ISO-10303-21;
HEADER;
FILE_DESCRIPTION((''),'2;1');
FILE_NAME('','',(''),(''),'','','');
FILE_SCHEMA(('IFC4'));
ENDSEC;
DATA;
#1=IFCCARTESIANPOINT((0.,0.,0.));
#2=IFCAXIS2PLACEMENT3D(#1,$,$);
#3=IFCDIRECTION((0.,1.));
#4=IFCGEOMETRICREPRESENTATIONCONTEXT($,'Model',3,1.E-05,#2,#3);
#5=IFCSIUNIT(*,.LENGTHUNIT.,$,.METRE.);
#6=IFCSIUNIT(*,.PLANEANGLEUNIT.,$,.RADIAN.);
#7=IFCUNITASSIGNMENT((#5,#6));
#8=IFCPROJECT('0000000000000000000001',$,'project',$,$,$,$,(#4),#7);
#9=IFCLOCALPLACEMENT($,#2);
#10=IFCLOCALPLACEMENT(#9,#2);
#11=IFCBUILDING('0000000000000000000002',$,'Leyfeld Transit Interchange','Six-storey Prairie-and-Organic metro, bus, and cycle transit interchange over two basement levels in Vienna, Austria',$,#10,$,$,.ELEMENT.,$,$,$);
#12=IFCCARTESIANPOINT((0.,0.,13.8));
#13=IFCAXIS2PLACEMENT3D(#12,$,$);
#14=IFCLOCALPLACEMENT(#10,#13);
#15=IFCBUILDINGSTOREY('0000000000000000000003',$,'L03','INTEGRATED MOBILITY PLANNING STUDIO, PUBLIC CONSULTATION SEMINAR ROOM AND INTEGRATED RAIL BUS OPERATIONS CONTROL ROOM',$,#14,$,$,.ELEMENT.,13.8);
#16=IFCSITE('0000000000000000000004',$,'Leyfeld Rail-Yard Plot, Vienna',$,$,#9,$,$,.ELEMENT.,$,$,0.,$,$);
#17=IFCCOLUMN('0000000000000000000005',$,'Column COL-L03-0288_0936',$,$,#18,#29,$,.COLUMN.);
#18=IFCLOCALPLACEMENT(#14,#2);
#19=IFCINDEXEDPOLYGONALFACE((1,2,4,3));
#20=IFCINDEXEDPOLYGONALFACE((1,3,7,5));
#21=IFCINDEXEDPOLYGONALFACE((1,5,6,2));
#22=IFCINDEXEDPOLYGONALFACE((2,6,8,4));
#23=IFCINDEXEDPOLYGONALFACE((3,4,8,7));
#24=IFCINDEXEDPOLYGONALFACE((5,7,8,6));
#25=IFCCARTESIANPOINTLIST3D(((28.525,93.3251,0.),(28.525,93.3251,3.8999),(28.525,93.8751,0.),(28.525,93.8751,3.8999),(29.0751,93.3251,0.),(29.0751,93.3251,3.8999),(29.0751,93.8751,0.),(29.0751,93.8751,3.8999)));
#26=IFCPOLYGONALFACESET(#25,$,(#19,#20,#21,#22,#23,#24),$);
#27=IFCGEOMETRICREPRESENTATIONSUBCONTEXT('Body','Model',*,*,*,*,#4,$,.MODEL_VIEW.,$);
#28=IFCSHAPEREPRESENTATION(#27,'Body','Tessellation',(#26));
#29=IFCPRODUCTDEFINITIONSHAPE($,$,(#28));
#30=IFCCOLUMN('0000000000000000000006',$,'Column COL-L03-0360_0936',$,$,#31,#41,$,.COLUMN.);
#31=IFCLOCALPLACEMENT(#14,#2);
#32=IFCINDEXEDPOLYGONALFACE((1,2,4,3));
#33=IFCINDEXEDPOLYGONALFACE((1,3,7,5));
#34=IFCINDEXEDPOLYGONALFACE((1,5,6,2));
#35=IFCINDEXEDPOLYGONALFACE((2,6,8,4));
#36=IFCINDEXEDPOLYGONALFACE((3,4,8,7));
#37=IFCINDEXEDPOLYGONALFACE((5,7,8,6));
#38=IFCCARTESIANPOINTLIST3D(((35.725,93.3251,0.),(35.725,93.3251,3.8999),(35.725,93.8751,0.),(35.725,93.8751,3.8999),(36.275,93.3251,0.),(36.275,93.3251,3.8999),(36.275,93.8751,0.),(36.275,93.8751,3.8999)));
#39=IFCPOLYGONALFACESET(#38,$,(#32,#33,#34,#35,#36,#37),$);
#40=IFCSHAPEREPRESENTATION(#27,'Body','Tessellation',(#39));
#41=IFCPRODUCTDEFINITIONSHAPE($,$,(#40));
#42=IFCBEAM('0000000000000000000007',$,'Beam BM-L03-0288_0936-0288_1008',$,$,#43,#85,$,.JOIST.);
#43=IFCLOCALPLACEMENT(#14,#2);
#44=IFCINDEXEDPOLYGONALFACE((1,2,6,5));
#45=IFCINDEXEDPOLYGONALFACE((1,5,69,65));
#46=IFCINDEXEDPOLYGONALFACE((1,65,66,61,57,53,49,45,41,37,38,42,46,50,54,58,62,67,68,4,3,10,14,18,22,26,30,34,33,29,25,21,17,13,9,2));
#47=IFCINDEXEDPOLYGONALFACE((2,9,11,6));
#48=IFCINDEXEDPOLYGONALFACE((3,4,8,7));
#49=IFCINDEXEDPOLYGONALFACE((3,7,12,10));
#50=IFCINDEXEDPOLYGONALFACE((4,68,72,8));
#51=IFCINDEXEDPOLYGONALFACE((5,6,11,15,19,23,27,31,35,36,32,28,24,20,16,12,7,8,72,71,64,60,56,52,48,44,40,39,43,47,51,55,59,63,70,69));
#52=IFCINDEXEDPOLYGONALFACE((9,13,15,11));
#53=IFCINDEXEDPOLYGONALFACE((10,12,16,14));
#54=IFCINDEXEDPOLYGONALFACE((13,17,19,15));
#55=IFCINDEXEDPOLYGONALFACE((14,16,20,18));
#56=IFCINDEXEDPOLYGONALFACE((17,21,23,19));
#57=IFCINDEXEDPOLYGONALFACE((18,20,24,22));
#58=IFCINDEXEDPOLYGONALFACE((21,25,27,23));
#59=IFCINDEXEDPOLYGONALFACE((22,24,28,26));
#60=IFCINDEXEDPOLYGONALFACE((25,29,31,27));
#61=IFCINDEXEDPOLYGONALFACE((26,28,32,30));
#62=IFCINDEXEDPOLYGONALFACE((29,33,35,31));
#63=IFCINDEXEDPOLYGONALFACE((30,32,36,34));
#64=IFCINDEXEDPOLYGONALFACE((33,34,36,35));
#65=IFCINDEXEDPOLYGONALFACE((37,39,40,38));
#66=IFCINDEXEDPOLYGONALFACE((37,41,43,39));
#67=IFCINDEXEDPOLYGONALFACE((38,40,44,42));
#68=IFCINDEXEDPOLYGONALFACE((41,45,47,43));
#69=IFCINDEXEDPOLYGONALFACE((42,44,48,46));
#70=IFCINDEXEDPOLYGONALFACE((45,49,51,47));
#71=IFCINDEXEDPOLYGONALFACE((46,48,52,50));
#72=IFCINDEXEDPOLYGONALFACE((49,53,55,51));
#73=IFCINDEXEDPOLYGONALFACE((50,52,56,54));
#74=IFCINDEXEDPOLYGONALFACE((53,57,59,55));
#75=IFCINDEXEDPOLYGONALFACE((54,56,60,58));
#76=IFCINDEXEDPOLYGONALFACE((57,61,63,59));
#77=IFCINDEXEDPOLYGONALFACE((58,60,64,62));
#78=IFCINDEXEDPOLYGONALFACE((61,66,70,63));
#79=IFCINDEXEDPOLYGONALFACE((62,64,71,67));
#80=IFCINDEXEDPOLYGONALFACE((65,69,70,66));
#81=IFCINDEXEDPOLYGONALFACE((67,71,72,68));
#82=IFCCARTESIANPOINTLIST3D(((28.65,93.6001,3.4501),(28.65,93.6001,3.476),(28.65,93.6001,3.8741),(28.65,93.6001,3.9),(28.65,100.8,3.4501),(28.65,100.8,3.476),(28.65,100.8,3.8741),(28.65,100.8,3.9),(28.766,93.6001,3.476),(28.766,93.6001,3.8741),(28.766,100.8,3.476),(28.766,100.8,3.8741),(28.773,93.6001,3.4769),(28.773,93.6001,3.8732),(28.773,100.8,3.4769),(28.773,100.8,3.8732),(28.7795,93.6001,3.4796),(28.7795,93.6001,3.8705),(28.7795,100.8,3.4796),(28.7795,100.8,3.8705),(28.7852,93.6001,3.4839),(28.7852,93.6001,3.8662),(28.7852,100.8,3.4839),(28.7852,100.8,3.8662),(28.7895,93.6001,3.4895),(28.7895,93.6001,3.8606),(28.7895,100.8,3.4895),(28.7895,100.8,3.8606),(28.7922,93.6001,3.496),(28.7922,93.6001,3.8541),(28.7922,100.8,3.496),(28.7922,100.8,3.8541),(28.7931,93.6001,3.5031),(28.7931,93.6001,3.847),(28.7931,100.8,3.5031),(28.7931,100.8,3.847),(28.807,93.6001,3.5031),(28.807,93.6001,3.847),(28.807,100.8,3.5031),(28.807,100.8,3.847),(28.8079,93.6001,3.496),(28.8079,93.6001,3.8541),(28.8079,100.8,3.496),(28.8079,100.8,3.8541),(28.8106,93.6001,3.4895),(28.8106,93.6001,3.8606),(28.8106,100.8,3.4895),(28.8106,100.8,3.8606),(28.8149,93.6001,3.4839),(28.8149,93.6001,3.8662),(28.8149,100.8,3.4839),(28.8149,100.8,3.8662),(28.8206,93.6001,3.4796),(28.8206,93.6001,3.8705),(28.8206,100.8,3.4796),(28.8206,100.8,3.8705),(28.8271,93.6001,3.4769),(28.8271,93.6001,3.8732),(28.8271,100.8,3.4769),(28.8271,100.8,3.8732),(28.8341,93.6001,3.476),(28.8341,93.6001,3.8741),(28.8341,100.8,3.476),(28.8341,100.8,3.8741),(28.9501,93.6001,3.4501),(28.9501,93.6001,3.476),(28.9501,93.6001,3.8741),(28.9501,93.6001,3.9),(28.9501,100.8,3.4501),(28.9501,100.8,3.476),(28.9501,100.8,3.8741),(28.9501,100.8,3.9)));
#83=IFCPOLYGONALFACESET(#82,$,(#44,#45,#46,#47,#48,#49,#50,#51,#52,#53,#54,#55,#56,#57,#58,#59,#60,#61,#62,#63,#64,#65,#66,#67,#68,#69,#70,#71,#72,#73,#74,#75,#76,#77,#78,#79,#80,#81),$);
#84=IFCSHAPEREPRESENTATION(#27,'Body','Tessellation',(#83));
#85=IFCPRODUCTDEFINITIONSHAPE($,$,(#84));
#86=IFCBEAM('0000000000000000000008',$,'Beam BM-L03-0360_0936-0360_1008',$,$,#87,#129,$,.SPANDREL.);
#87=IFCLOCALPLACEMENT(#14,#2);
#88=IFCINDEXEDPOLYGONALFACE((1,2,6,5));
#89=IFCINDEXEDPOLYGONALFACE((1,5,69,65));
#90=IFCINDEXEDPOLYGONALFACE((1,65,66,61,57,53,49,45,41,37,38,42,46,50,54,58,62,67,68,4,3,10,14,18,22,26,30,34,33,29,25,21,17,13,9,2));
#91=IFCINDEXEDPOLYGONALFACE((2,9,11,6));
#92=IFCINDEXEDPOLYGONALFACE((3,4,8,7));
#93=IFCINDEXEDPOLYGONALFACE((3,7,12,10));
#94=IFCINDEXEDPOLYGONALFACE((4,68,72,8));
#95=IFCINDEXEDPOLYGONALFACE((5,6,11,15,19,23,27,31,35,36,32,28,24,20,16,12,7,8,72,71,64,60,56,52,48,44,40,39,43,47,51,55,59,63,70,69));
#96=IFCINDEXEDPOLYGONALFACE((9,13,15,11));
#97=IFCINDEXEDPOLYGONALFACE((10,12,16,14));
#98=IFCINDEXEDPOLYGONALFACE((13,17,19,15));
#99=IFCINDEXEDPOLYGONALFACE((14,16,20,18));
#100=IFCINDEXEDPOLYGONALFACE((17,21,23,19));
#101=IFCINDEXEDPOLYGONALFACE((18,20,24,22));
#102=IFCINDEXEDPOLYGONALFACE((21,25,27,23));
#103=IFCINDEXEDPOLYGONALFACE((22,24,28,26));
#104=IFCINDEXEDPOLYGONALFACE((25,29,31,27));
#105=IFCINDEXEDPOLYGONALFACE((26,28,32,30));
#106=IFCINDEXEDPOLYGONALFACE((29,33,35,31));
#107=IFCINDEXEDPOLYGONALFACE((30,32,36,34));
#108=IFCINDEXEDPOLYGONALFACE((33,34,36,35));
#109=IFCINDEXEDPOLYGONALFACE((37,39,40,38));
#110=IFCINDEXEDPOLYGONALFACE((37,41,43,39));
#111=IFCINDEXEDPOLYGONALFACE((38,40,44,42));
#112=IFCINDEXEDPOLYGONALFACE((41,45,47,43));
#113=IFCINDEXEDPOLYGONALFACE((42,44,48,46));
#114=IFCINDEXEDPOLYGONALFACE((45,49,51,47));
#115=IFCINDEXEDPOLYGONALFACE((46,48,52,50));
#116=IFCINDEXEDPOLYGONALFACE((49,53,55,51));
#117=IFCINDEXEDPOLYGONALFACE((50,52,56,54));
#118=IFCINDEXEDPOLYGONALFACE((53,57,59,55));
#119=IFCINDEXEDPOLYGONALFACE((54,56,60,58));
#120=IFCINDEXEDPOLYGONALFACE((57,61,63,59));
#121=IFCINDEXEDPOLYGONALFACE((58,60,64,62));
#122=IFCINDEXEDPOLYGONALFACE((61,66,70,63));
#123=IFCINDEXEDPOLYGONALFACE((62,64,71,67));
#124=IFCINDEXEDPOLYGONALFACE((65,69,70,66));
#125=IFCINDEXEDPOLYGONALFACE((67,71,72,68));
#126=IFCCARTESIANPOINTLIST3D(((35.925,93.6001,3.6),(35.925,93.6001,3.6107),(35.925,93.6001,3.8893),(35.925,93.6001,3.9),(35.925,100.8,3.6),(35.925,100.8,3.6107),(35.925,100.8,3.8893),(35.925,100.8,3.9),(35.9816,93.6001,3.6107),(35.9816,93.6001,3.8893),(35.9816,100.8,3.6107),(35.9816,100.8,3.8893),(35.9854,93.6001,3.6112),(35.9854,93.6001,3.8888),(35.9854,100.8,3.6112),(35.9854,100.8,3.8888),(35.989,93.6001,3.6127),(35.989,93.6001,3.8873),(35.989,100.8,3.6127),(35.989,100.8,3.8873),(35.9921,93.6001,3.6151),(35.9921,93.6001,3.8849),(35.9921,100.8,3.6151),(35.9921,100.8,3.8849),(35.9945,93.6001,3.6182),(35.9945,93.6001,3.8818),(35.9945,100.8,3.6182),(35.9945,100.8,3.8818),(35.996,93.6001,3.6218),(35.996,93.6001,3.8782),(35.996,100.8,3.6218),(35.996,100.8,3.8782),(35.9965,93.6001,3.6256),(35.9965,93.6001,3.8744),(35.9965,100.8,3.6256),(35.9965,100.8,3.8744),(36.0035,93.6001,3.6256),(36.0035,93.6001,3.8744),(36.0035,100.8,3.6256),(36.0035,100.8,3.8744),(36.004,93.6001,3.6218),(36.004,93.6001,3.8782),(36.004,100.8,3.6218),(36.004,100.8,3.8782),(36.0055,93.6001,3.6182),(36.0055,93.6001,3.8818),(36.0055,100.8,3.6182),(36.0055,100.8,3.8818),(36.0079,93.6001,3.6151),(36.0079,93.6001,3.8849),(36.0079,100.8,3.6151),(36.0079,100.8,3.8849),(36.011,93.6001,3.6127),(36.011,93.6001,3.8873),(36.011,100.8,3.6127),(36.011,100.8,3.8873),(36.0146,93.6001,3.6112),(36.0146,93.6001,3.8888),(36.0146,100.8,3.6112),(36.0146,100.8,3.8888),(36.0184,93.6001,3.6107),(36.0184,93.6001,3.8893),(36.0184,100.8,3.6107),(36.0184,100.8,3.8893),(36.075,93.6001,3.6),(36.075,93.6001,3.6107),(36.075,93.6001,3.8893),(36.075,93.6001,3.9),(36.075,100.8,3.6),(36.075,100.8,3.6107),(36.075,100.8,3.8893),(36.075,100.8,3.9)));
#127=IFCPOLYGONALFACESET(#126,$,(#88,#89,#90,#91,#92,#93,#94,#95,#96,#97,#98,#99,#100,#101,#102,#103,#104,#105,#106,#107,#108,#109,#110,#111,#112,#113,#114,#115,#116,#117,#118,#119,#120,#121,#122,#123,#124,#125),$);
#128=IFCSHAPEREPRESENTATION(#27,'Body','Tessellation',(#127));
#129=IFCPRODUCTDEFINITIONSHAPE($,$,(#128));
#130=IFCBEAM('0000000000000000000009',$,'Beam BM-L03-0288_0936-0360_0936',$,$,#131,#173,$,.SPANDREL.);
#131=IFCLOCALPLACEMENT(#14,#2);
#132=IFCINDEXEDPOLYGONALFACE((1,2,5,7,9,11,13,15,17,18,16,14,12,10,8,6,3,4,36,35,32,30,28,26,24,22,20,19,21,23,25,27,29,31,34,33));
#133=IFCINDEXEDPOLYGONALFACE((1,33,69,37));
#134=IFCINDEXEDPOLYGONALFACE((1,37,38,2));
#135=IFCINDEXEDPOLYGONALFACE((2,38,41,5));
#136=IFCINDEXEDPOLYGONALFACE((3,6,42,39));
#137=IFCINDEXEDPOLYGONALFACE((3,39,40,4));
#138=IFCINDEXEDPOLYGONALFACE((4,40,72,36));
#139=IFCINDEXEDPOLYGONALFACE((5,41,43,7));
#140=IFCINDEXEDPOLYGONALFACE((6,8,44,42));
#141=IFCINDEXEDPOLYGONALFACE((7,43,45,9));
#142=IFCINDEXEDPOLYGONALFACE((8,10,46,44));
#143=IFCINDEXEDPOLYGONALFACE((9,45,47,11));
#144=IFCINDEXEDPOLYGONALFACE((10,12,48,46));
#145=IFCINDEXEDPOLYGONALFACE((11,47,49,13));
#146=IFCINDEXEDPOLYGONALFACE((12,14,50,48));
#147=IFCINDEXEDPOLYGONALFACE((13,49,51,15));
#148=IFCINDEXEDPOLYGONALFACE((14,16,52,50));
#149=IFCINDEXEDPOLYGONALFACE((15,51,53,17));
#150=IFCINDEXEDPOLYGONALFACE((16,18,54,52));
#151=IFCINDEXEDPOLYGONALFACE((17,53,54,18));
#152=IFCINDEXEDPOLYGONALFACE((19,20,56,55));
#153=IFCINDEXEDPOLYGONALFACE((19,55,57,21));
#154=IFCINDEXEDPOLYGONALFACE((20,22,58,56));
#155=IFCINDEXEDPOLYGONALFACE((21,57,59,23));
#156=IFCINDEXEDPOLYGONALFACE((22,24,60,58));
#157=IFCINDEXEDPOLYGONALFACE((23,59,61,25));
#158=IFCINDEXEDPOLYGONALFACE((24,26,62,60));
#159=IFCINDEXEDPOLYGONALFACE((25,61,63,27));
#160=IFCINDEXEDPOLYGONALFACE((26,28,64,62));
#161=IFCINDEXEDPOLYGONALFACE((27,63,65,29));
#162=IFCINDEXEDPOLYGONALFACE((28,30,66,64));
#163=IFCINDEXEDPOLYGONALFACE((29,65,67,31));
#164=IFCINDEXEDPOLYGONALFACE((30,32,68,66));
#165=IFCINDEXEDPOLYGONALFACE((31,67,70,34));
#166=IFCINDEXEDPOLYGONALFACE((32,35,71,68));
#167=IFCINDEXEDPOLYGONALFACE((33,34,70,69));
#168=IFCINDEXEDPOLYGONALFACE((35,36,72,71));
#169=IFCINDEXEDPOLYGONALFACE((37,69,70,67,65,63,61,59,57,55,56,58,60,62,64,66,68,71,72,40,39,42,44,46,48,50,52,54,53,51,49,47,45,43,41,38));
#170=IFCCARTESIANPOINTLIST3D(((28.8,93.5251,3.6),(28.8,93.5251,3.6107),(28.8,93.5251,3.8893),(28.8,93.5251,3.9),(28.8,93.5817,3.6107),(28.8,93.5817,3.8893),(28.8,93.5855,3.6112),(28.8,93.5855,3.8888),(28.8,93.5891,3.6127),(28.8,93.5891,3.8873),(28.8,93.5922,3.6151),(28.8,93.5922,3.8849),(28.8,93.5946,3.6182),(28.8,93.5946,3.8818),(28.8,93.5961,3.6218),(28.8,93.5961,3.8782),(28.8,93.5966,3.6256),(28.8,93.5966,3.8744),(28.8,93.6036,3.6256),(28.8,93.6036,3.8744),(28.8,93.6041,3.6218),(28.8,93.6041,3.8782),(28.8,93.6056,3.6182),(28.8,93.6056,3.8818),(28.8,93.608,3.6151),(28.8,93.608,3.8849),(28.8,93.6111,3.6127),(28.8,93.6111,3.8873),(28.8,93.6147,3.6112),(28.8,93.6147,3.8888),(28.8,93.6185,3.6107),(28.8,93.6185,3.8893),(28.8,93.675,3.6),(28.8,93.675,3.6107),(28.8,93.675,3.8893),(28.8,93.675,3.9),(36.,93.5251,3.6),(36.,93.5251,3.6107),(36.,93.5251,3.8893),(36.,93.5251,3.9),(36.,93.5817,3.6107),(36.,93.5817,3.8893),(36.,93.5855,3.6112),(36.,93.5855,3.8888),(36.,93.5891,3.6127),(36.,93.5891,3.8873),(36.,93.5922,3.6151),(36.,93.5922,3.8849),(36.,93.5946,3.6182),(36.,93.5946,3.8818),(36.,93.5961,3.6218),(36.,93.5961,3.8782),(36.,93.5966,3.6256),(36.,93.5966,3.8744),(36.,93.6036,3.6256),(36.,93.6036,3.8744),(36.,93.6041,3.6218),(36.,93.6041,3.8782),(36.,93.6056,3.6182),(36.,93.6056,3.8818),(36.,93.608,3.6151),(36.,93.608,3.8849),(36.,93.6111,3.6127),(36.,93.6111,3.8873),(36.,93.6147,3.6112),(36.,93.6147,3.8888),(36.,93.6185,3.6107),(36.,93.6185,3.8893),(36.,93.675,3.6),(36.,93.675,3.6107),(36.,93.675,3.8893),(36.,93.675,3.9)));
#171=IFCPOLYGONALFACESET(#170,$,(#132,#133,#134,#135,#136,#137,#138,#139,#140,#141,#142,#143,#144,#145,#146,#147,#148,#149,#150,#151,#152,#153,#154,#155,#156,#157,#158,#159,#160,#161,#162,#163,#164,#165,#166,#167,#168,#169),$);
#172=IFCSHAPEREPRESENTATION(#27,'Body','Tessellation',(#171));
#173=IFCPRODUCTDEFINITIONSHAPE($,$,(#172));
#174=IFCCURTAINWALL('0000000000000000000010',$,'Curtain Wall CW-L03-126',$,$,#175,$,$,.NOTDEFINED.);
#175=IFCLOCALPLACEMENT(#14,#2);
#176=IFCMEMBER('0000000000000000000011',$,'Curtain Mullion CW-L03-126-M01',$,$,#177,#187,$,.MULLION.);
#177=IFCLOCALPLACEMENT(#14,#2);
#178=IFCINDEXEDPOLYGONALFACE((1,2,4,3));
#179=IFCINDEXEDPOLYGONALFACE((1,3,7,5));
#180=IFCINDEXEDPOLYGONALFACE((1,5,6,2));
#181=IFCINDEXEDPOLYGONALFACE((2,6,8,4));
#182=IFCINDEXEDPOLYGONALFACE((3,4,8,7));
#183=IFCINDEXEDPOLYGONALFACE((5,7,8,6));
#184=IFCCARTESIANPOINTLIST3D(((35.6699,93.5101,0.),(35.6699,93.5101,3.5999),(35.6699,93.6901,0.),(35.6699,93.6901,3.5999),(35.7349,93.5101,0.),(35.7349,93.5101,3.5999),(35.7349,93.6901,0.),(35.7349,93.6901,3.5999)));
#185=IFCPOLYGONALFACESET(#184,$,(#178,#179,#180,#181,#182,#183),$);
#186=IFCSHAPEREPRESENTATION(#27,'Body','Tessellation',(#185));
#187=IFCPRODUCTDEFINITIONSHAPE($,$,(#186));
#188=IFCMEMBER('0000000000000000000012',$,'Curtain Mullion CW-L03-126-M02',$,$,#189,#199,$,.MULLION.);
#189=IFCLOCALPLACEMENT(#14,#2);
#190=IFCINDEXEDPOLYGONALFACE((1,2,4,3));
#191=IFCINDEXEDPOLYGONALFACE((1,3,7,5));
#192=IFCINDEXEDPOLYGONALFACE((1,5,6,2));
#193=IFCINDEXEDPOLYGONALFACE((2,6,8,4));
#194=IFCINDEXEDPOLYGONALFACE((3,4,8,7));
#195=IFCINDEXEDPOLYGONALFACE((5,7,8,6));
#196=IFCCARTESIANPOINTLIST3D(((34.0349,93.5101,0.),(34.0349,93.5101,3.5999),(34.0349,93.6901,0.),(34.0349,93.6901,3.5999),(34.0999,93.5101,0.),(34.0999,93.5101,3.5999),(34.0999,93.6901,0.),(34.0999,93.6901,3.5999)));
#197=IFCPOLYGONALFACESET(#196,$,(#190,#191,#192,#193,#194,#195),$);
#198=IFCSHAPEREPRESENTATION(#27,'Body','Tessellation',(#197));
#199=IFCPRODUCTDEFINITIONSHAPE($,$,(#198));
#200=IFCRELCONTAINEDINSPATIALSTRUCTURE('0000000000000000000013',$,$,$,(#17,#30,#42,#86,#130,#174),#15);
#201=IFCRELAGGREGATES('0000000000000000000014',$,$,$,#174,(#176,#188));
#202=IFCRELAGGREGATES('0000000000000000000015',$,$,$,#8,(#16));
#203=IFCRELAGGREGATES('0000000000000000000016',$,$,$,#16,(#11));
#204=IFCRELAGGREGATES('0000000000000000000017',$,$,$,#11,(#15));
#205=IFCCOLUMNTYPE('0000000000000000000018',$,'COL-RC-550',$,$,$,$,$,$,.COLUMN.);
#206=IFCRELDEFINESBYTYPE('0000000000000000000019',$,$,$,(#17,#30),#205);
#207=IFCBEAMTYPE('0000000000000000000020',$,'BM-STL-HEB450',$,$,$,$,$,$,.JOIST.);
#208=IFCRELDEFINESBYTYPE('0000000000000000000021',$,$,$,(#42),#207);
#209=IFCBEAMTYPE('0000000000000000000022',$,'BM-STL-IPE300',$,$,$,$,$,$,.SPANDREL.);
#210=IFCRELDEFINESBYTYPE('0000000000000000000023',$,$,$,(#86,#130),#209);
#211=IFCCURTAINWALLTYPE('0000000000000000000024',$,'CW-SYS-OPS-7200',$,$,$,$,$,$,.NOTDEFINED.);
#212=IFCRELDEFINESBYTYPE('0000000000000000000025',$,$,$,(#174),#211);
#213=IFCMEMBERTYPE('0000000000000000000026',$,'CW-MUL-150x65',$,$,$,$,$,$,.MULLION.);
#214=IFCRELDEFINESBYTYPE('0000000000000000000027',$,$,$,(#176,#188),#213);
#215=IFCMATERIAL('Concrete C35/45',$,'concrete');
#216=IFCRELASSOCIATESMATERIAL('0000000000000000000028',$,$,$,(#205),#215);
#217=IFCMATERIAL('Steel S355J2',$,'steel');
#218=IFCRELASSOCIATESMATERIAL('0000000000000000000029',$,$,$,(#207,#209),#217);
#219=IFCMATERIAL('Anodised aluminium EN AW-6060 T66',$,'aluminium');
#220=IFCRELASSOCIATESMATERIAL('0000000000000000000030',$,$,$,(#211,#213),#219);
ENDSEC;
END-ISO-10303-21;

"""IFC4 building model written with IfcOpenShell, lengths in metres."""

from ifc_helpers import new_model, si_unit, direction, frame, origin, origin_2d, place, context, subcontext, project, spatial, rectangle, i_section, extrude, material, material_profile, profile_set, type_object, element, aggregate, save


model = new_model("IFC4")

# Units and contexts
model_context = context("Model", 3, precision=1e-05, world=origin(), true_north=direction((0.0, 1.0)))
body_context = subcontext(model_context, "Body", "Model", "MODEL_VIEW")
ifc_project = project(units=[si_unit("LENGTHUNIT", "METRE"), si_unit("PLANEANGLEUNIT", "RADIAN")], contexts=[model_context])

# Site, building, storey
site_placement = place(None, origin())
site = spatial("IfcSite", under=ifc_project, at=site_placement, Name="Leyfeld Rail-Yard Plot, Vienna", CompositionType="ELEMENT", RefElevation=0.0)
building_placement = place(site_placement, origin())
building = spatial("IfcBuilding", under=site, at=building_placement, Name="Leyfeld Transit Interchange", Description="Six-storey Prairie-and-Organic metro, bus, and cycle transit interchange over two basement levels in Vienna, Austria", CompositionType="ELEMENT")
storey_placement = place(building_placement, frame((0.0, 0.0, 13.8)))
storey = spatial("IfcBuildingStorey", under=building, at=storey_placement, Name="L03", Description="INTEGRATED MOBILITY PLANNING STUDIO, PUBLIC CONSULTATION SEMINAR ROOM AND INTEGRATED RAIL BUS OPERATIONS CONTROL ROOM", CompositionType="ELEMENT", Elevation=13.8)

# Columns
ifc_material_1 = material(Name="Concrete C35/45", Category="concrete")
ifc_material_profile_1 = material_profile(ifc_material_1, rectangle(XDim=0.55, YDim=0.55, at=origin_2d()), Name="RC 550x550")
ifc_profile_set_1 = profile_set([ifc_material_profile_1], Name="Concrete C35/45")
column_type = type_object("IfcColumnType", Name="COL-RC-550", PredefinedType="COLUMN", material=ifc_profile_set_1)
for number, where, z_axis, x_axis, name in (
    (1, (28.8, 93.6001, 0.0), (0.0, 0.0, 1.0), (1.0, 0.0, 0.0), "Column COL-L03-0288_0936"),
    (2, (36.0, 93.6001, 0.0), (0.0, 0.0, 1.0), (1.0, 0.0, 0.0), "Column COL-L03-0360_0936"),
):
    element("IfcColumn", number, at=place(storey_placement, frame(where, z_axis=z_axis, x_axis=x_axis)), inside=storey, type_object=column_type, Name=name, PredefinedType="COLUMN", context=body_context, shape_type="SweptSolid", body=[
        extrude(rectangle(XDim=0.55, YDim=0.55, at=origin_2d()), origin(), (0.0, 0.0, 1.0), 3.8999),
    ])

# Beams
ifc_material_2 = material(Name="Steel S355J2", Category="steel")
ifc_material_profile_2 = material_profile(ifc_material_2, i_section(OverallWidth=0.3, OverallDepth=0.45, WebThickness=0.0139, FlangeThickness=0.0259, FilletRadius=0.0271, at=origin_2d()), Name="HEB 450")
ifc_profile_set_2 = profile_set([ifc_material_profile_2], Name="Steel S355J2")
beam_type_1 = type_object("IfcBeamType", Name="BM-STL-HEB450", PredefinedType="JOIST", material=ifc_profile_set_2)
beam_placement = place(storey_placement, frame((28.8, 93.6001, 3.675), z_axis=(0.0, 1.0, 0.0), x_axis=(-1.0, 0.0, 0.0)))
element("IfcBeam", 3, at=beam_placement, inside=storey, type_object=beam_type_1, Name="Beam BM-L03-0288_0936-0288_1008", PredefinedType="JOIST", context=body_context, shape_type="SweptSolid", body=[
    extrude(i_section(OverallWidth=0.3, OverallDepth=0.45, WebThickness=0.0139, FlangeThickness=0.0259, FilletRadius=0.0271, at=origin_2d()), origin(), (0.0, 0.0, 1.0), 7.2),
])
ifc_material_profile_3 = material_profile(ifc_material_2, i_section(OverallWidth=0.1499, OverallDepth=0.3, WebThickness=0.0071, FlangeThickness=0.0107, FilletRadius=0.0149, at=origin_2d()), Name="IPE 300")
ifc_profile_set_3 = profile_set([ifc_material_profile_3], Name="Steel S355J2")
beam_type_2 = type_object("IfcBeamType", Name="BM-STL-IPE300", PredefinedType="SPANDREL", material=ifc_profile_set_3)
for number, where, z_axis, x_axis, name in (
    (4, (36.0, 93.6001, 3.75), (0.0, 1.0, 0.0), (-1.0, 0.0, 0.0), "Beam BM-L03-0360_0936-0360_1008"),
    (5, (28.8, 93.6001, 3.75), (1.0, 0.0, 0.0), (0.0, 1.0, 0.0), "Beam BM-L03-0288_0936-0360_0936"),
):
    element("IfcBeam", number, at=place(storey_placement, frame(where, z_axis=z_axis, x_axis=x_axis)), inside=storey, type_object=beam_type_2, Name=name, PredefinedType="SPANDREL", context=body_context, shape_type="SweptSolid", body=[
        extrude(i_section(OverallWidth=0.1499, OverallDepth=0.3, WebThickness=0.0071, FlangeThickness=0.0107, FilletRadius=0.0149, at=origin_2d()), origin(), (0.0, 0.0, 1.0), 7.2),
    ])

# Curtain wall, members
ifc_material_3 = material(Name="Anodised aluminium EN AW-6060 T66", Category="aluminium")
curtain_wall_type = type_object("IfcCurtainWallType", Name="CW-SYS-OPS-7200", PredefinedType="NOTDEFINED", material=ifc_material_3)
curtain_wall_1_placement = place(storey_placement, origin())
curtain_wall_1 = element("IfcCurtainWall", 6, at=curtain_wall_1_placement, inside=storey, type_object=curtain_wall_type, Name="Curtain Wall CW-L03-126", PredefinedType="NOTDEFINED")
ifc_material_profile_4 = material_profile(ifc_material_3, rectangle(XDim=0.0649, YDim=0.1799, at=origin_2d()), Name="CW-M 65x180")
ifc_profile_set_4 = profile_set([ifc_material_profile_4], Name="Anodised aluminium EN AW-6060 T66")
member_type_1 = type_object("IfcMemberType", Name="CW-MUL-150x65", PredefinedType="MULLION", material=ifc_profile_set_4)
member_1_placement = place(storey_placement, frame((35.7024, 93.6001, 0.0), z_axis=(0.0, 0.0, 1.0), x_axis=(-1.0, 0.0, 0.0)))
member_1 = element("IfcMember", 7, at=member_1_placement, type_object=member_type_1, Name="Curtain Mullion CW-L03-126-M01", PredefinedType="MULLION", context=body_context, shape_type="SweptSolid", body=[
    extrude(rectangle(XDim=0.0649, YDim=0.1799, at=origin_2d()), origin(), (0.0, 0.0, 1.0), 3.5999),
])
member_2_placement = place(storey_placement, frame((34.0674, 93.6001, 0.0), z_axis=(0.0, 0.0, 1.0), x_axis=(-1.0, 0.0, 0.0)))
member_2 = element("IfcMember", 8, at=member_2_placement, type_object=member_type_1, Name="Curtain Mullion CW-L03-126-M02", PredefinedType="MULLION", context=body_context, shape_type="SweptSolid", body=[
    extrude(rectangle(XDim=0.0649, YDim=0.1799, at=origin_2d()), origin(), (0.0, 0.0, 1.0), 3.5999),
])

aggregate(curtain_wall_1, [member_1, member_2])

save(model, "model.ifc")
